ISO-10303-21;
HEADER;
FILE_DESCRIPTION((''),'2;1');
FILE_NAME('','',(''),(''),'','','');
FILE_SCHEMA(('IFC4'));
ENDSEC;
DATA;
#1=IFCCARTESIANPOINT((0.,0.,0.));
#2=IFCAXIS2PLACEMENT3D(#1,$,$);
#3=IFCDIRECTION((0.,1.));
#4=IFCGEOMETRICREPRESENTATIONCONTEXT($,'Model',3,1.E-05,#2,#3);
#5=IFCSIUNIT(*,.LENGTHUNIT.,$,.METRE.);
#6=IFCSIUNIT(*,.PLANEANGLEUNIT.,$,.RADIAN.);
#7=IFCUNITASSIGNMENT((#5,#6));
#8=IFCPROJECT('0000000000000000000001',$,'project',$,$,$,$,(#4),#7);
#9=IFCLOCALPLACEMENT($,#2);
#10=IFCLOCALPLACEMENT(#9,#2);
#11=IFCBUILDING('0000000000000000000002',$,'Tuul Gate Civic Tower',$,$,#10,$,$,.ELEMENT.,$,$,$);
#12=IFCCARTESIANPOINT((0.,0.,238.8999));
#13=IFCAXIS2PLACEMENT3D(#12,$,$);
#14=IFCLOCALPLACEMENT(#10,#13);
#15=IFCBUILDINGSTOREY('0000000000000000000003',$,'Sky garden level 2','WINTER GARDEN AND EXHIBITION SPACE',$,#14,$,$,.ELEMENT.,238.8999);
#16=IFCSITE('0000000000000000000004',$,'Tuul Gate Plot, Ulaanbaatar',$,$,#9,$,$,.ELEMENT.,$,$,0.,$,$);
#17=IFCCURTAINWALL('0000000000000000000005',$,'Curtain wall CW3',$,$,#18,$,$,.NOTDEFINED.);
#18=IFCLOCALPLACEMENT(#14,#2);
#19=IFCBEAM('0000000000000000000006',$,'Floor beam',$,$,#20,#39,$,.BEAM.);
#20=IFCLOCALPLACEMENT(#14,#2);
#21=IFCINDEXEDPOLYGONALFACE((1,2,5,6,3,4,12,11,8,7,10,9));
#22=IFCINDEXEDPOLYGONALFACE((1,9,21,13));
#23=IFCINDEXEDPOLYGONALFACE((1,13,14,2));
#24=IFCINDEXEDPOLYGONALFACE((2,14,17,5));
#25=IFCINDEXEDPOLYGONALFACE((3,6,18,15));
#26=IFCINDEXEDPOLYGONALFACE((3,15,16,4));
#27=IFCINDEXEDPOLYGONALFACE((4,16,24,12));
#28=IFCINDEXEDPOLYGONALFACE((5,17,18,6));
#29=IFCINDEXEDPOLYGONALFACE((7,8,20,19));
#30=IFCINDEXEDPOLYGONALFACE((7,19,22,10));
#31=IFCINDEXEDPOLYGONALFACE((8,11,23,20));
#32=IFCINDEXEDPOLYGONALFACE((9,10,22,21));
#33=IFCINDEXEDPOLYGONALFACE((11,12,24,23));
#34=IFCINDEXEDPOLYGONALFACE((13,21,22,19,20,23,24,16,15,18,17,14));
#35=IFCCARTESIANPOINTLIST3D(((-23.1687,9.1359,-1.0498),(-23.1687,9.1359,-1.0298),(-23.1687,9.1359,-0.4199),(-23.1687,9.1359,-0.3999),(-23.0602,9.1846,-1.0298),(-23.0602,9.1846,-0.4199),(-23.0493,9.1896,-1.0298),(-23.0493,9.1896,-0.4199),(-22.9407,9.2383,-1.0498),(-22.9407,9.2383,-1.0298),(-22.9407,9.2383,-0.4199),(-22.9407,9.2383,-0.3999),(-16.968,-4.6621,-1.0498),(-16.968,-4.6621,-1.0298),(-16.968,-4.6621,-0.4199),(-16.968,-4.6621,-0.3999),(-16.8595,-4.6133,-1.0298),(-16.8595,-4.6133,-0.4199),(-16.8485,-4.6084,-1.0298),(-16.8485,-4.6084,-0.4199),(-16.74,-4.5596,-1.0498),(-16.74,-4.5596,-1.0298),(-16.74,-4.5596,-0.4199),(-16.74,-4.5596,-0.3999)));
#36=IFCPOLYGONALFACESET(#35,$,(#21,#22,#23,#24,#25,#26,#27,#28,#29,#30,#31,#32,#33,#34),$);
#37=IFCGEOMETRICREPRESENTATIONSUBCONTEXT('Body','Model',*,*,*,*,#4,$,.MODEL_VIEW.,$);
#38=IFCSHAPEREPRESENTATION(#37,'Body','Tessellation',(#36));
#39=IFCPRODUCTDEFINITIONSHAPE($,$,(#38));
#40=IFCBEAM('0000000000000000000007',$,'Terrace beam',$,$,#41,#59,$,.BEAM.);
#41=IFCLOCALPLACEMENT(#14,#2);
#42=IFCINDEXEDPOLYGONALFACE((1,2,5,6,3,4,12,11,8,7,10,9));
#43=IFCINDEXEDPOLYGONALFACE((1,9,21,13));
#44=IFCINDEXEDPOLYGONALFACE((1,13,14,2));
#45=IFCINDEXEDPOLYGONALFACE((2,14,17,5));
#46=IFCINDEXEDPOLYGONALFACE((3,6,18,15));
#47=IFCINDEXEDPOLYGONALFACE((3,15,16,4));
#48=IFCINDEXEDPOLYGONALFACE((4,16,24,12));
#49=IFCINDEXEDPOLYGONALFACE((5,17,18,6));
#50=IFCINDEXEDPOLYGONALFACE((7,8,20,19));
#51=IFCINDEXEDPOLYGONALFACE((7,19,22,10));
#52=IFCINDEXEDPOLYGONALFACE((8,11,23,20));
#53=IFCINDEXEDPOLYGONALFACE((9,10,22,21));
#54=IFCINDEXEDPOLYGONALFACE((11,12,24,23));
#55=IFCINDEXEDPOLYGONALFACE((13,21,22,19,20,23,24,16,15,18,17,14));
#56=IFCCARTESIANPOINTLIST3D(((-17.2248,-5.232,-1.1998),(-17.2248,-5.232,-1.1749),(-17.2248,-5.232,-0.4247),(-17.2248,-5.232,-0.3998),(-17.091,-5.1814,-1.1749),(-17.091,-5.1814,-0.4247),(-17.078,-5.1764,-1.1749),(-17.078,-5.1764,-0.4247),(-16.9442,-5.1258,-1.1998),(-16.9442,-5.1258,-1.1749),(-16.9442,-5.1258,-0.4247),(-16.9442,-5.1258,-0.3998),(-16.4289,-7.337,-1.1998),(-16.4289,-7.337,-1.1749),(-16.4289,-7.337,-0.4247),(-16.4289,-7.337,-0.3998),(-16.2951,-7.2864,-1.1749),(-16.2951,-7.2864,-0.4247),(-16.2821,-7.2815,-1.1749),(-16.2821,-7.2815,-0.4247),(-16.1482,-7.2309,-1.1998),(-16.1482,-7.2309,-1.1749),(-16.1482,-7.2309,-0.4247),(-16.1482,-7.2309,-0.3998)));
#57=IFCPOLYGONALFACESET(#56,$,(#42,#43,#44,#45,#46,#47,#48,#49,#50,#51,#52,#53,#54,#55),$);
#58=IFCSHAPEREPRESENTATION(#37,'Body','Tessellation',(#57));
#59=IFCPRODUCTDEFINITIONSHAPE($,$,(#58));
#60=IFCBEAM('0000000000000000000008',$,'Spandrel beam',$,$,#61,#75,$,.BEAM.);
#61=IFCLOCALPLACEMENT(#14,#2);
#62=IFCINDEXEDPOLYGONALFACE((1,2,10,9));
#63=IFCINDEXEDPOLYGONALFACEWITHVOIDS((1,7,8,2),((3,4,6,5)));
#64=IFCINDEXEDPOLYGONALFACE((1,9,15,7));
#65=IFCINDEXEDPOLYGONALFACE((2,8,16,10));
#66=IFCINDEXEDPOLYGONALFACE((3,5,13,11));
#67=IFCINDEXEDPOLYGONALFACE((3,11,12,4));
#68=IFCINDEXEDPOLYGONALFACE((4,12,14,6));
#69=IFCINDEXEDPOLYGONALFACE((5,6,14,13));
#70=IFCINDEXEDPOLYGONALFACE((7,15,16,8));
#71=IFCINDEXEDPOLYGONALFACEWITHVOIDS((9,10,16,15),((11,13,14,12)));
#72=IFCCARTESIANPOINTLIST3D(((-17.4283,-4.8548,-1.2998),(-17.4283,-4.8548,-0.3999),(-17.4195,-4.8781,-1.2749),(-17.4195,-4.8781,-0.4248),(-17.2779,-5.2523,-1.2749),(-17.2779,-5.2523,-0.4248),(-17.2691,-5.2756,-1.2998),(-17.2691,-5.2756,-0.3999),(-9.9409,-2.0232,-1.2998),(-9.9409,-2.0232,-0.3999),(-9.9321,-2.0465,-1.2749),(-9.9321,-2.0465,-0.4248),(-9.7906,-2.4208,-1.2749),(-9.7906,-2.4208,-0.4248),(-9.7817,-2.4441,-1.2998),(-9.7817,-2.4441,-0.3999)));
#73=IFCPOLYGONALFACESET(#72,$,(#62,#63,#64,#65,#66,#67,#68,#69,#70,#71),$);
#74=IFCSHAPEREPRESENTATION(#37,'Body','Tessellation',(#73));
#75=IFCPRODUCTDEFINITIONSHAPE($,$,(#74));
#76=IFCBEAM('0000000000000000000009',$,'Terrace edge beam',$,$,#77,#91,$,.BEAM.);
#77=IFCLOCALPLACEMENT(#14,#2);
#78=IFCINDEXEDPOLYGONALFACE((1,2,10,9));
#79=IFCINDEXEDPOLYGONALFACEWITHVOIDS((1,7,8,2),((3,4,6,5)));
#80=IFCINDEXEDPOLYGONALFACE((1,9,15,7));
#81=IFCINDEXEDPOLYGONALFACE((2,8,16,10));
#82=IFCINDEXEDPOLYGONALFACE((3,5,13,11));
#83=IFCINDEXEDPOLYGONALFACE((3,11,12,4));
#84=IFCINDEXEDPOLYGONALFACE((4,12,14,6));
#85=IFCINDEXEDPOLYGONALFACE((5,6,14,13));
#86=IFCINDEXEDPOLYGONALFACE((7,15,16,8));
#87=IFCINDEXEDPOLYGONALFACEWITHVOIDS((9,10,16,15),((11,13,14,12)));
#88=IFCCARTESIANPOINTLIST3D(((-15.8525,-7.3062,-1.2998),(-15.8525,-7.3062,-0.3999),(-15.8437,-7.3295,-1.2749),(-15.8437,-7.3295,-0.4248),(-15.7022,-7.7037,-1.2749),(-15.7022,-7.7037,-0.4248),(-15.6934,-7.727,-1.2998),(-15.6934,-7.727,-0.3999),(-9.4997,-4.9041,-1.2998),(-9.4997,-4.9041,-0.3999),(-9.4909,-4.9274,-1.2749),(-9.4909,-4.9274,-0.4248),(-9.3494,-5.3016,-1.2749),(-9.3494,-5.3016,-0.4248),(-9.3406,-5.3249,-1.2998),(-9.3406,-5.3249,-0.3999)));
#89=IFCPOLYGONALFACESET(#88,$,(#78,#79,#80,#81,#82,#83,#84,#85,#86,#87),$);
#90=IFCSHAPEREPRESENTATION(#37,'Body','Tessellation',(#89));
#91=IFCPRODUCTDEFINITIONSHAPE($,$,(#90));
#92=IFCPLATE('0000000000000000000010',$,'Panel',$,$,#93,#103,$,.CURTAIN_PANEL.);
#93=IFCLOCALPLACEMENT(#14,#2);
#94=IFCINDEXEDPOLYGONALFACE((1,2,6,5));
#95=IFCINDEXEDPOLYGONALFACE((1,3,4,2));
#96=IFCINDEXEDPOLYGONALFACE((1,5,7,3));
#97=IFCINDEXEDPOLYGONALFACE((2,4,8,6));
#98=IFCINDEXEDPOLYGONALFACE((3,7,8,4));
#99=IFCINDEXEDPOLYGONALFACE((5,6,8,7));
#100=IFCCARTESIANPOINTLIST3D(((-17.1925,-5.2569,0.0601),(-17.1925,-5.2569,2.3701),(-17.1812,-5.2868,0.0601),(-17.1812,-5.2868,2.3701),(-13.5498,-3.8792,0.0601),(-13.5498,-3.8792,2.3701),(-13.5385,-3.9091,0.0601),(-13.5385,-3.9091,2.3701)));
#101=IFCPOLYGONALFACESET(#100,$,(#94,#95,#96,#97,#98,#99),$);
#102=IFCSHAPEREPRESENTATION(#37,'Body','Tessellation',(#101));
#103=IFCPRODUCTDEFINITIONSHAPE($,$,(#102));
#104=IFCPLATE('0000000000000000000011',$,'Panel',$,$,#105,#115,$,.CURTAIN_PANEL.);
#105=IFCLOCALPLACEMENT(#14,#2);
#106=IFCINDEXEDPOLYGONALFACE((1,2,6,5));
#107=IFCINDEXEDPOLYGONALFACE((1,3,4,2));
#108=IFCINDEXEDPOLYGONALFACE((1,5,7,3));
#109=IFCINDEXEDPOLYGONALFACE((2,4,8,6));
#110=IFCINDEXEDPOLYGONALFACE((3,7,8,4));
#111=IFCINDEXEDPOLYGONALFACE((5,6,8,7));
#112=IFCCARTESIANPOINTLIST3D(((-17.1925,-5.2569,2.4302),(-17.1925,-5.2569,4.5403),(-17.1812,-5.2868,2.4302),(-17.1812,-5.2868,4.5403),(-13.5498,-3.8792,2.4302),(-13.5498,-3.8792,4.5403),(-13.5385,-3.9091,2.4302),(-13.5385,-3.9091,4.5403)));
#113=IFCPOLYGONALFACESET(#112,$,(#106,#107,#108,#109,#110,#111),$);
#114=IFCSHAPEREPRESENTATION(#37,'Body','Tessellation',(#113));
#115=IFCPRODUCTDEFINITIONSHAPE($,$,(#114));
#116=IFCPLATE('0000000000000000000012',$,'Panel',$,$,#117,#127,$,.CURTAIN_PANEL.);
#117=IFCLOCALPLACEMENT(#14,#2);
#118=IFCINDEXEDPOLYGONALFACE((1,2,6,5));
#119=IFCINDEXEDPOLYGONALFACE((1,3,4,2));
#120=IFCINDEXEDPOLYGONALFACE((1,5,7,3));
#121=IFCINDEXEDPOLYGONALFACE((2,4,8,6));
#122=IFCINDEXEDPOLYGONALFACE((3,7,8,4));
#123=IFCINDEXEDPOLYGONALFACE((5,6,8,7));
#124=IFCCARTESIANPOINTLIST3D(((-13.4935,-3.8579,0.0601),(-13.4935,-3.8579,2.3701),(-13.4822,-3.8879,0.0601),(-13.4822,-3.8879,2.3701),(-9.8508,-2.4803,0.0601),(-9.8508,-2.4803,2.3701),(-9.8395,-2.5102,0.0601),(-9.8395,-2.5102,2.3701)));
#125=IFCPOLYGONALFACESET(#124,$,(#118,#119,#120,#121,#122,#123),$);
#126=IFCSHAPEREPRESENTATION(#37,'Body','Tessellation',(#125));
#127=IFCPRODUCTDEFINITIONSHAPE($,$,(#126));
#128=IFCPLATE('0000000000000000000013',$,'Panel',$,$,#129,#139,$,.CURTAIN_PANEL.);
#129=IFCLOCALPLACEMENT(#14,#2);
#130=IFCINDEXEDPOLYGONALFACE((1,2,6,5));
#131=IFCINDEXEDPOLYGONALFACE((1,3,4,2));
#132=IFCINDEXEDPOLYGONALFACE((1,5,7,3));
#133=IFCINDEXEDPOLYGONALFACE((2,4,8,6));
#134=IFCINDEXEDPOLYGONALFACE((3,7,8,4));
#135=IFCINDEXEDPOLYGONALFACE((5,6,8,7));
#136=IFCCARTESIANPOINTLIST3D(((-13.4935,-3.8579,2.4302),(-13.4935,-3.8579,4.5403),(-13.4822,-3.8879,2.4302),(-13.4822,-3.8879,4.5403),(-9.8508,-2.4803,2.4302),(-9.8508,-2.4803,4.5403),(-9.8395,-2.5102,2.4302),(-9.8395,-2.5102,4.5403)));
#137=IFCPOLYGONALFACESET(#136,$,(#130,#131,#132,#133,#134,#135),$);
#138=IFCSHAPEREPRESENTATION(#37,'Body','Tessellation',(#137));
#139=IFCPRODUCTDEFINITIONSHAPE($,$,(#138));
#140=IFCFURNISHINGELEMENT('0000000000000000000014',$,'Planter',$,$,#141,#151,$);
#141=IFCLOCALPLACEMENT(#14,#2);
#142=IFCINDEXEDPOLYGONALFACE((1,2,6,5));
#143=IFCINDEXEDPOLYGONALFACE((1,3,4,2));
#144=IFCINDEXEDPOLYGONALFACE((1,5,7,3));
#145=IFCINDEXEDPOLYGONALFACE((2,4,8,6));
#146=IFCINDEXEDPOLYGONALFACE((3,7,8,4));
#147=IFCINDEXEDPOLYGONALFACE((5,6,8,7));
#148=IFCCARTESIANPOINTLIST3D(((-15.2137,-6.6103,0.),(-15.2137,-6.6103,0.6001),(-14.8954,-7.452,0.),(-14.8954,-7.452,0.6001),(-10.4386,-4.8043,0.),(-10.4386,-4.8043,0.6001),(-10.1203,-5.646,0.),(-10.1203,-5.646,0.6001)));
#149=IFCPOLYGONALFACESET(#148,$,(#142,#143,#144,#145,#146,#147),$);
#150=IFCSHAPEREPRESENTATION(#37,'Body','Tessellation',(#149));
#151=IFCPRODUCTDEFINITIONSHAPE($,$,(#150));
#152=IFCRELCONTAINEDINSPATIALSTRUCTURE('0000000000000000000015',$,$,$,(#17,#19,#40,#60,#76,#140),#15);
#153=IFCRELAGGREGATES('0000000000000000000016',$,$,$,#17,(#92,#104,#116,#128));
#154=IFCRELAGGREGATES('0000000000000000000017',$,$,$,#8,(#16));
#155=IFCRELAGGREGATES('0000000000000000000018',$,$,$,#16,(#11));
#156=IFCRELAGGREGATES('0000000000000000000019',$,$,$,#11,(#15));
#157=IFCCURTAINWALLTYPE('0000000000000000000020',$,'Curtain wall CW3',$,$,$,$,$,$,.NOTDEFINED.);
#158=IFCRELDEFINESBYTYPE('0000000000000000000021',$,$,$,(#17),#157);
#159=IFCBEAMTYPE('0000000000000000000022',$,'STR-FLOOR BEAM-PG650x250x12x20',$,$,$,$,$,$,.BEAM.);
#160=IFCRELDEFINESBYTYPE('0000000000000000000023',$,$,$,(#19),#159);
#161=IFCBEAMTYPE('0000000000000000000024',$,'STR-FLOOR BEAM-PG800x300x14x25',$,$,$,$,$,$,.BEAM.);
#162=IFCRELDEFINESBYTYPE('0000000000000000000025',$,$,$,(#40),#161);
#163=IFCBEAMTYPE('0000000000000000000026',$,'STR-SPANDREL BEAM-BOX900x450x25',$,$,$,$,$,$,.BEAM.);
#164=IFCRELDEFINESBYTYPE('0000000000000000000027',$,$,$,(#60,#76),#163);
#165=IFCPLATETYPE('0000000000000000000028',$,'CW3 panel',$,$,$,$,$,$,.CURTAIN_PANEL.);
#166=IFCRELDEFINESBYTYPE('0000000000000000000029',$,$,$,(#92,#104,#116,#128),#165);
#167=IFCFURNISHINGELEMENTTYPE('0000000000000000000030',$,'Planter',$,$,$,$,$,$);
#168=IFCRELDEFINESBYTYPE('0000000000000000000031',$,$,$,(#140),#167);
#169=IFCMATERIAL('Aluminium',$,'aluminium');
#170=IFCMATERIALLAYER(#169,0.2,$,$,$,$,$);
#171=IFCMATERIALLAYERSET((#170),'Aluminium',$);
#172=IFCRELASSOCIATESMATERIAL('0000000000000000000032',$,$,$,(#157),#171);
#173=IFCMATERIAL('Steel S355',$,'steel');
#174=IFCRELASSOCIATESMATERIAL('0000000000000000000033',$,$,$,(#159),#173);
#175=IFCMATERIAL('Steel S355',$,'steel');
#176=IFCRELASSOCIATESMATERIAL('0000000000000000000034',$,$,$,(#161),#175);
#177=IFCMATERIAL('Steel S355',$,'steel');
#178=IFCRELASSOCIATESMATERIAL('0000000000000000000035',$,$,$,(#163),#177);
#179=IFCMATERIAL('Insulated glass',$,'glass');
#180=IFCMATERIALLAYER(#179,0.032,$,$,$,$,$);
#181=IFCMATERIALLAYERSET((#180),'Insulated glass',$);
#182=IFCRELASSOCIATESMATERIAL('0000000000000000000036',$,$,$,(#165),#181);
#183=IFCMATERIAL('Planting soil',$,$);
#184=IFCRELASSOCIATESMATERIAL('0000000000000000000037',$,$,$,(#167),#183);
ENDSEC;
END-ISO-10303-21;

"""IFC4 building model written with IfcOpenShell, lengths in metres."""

from ifc_helpers import new_model, si_unit, direction, frame, origin, origin_2d, place, context, subcontext, project, spatial, rectangle, hollow_rectangle, i_section, extrude, material, layer, layer_set, material_profile, profile_set, type_object, element, aggregate, save


model = new_model("IFC4")

# Units and contexts
model_context = context("Model", 3, precision=1e-05, world=origin(), true_north=direction((0.0, 1.0)))
body_context = subcontext(model_context, "Body", "Model", "MODEL_VIEW")
ifc_project = project(units=[si_unit("LENGTHUNIT", "METRE"), si_unit("PLANEANGLEUNIT", "RADIAN")], contexts=[model_context])

# Site, building, storey
site_placement = place(None, origin())
site = spatial("IfcSite", under=ifc_project, at=site_placement, Name="Tuul Gate Plot, Ulaanbaatar", CompositionType="ELEMENT", RefElevation=0.0)
building_placement = place(site_placement, origin())
building = spatial("IfcBuilding", under=site, at=building_placement, Name="Tuul Gate Civic Tower", CompositionType="ELEMENT")
storey_placement = place(building_placement, frame((0.0, 0.0, 238.8999)))
storey = spatial("IfcBuildingStorey", under=building, at=storey_placement, Name="Sky garden level 2", Description="WINTER GARDEN AND EXHIBITION SPACE", CompositionType="ELEMENT", Elevation=238.8999)

# Curtain wall
ifc_material_1 = material(Name="Aluminium", Category="aluminium")
ifc_layer_1 = layer(ifc_material_1, 0.2)
ifc_layer_set_1 = layer_set([ifc_layer_1], Name="Aluminium")
curtain_wall_type = type_object("IfcCurtainWallType", Name="Curtain wall CW3", PredefinedType="NOTDEFINED", material=ifc_layer_set_1)
curtain_wall_1_placement = place(storey_placement, origin())
curtain_wall_1 = element("IfcCurtainWall", 1, at=curtain_wall_1_placement, inside=storey, type_object=curtain_wall_type, Name="Curtain wall CW3", PredefinedType="NOTDEFINED")

# Beams
ifc_material_2 = material(Name="Steel S355", Category="steel")
ifc_material_profile_1 = material_profile(ifc_material_2, i_section(OverallWidth=0.25, OverallDepth=0.6499, WebThickness=0.012, FlangeThickness=0.02, at=origin_2d()), Name="PG650x250x12x20")
ifc_profile_set_1 = profile_set([ifc_material_profile_1], Name="Steel S355")
beam_type_1 = type_object("IfcBeamType", Name="STR-FLOOR BEAM-PG650x250x12x20", PredefinedType="BEAM", material=ifc_profile_set_1)
beam_1_placement = place(storey_placement, frame((-16.854, -4.6108, -0.7249), z_axis=(-0.409906, 0.912128, 0.0), x_axis=(-0.912128, -0.409906, 0.0)))
element("IfcBeam", 2, at=beam_1_placement, inside=storey, type_object=beam_type_1, Name="Floor beam", PredefinedType="BEAM", context=body_context, shape_type="SweptSolid", body=[
    extrude(i_section(OverallWidth=0.25, OverallDepth=0.6499, WebThickness=0.012, FlangeThickness=0.02, at=origin_2d()), origin(), (0.0, 0.0, 1.0), 15.1272),
])
ifc_material_3 = material(Name="Steel S355", Category="steel")
ifc_material_profile_2 = material_profile(ifc_material_3, i_section(OverallWidth=0.3, OverallDepth=0.8, WebThickness=0.0139, FlangeThickness=0.0249, at=origin_2d()), Name="PG800x300x14x25")
ifc_profile_set_2 = profile_set([ifc_material_profile_2], Name="Steel S355")
beam_type_2 = type_object("IfcBeamType", Name="STR-FLOOR BEAM-PG800x300x14x25", PredefinedType="BEAM", material=ifc_profile_set_2)
beam_2_placement = place(storey_placement, frame((-16.2886, -7.2839, -0.7998), z_axis=(-0.353666, 0.935372, 0.0), x_axis=(-0.935372, -0.353666, 0.0)))
element("IfcBeam", 3, at=beam_2_placement, inside=storey, type_object=beam_type_2, Name="Terrace beam", PredefinedType="BEAM", context=body_context, shape_type="SweptSolid", body=[
    extrude(i_section(OverallWidth=0.3, OverallDepth=0.8, WebThickness=0.0139, FlangeThickness=0.0249, at=origin_2d()), origin(), (0.0, 0.0, 1.0), 2.2505),
])
ifc_material_4 = material(Name="Steel S355", Category="steel")
ifc_material_profile_3 = material_profile(ifc_material_4, hollow_rectangle(XDim=0.45, YDim=0.8999, WallThickness=0.0249, at=origin_2d()), Name="BOX900x450x25")
ifc_profile_set_3 = profile_set([ifc_material_profile_3], Name="Steel S355")
beam_type_3 = type_object("IfcBeamType", Name="STR-SPANDREL BEAM-BOX900x450x25", PredefinedType="BEAM", material=ifc_profile_set_3)
beam_3_placement = place(storey_placement, frame((-9.8613, -2.2336, -0.8499), z_axis=(-0.935348, -0.353729, 0.0), x_axis=(0.353729, -0.935348, 0.0)))
element("IfcBeam", 4, at=beam_3_placement, inside=storey, type_object=beam_type_3, Name="Spandrel beam", PredefinedType="BEAM", context=body_context, shape_type="SweptSolid", body=[
    extrude(hollow_rectangle(XDim=0.45, YDim=0.8999, WallThickness=0.0249, at=origin_2d()), origin(), (0.0, 0.0, 1.0), 8.0049),
])
beam_4_placement = place(storey_placement, frame((-15.7729, -7.5166, -0.8499), z_axis=(0.935367, 0.353679, 0.0), x_axis=(-0.353679, 0.935367, 0.0)))
element("IfcBeam", 5, at=beam_4_placement, inside=storey, type_object=beam_type_3, Name="Terrace edge beam", PredefinedType="BEAM", context=body_context, shape_type="SweptSolid", body=[
    extrude(hollow_rectangle(XDim=0.45, YDim=0.8999, WallThickness=0.0249, at=origin_2d()), origin(), (0.0, 0.0, 1.0), 6.7917),
])

# Plates
ifc_material_5 = material(Name="Insulated glass", Category="glass")
ifc_layer_2 = layer(ifc_material_5, 0.032)
ifc_layer_set_2 = layer_set([ifc_layer_2], Name="Insulated glass")
plate_type = type_object("IfcPlateType", Name="CW3 panel", PredefinedType="CURTAIN_PANEL", material=ifc_layer_set_2)
plate_1_placement = place(storey_placement, frame((-15.3655, -4.583, 0.0601), z_axis=(0.0, 0.0, 1.0), x_axis=(0.935346, 0.353735, 0.0)))
plate_1 = element("IfcPlate", 6, at=plate_1_placement, type_object=plate_type, Name="Panel", PredefinedType="CURTAIN_PANEL", context=body_context, shape_type="SweptSolid", body=[
    extrude(rectangle(XDim=3.8945, YDim=0.032, at=origin_2d()), origin(), (0.0, 0.0, 1.0), 2.3101),
])
plate_2_placement = place(storey_placement, frame((-15.3655, -4.583, 2.4302), z_axis=(0.0, 0.0, 1.0), x_axis=(0.935346, 0.353735, 0.0)))
plate_2 = element("IfcPlate", 7, at=plate_2_placement, type_object=plate_type, Name="Panel", PredefinedType="CURTAIN_PANEL", context=body_context, shape_type="SweptSolid", body=[
    extrude(rectangle(XDim=3.8945, YDim=0.032, at=origin_2d()), origin(), (0.0, 0.0, 1.0), 2.1101),
])
plate_3_placement = place(storey_placement, frame((-11.6665, -3.1841, 0.0601), z_axis=(0.0, 0.0, 1.0), x_axis=(0.935346, 0.353735, 0.0)))
plate_3 = element("IfcPlate", 8, at=plate_3_placement, type_object=plate_type, Name="Panel", PredefinedType="CURTAIN_PANEL", context=body_context, shape_type="SweptSolid", body=[
    extrude(rectangle(XDim=3.8945, YDim=0.032, at=origin_2d()), origin(), (0.0, 0.0, 1.0), 2.3101),
])
plate_4_placement = place(storey_placement, frame((-11.6665, -3.1841, 2.4302), z_axis=(0.0, 0.0, 1.0), x_axis=(0.935346, 0.353735, 0.0)))
plate_4 = element("IfcPlate", 9, at=plate_4_placement, type_object=plate_type, Name="Panel", PredefinedType="CURTAIN_PANEL", context=body_context, shape_type="SweptSolid", body=[
    extrude(rectangle(XDim=3.8945, YDim=0.032, at=origin_2d()), origin(), (0.0, 0.0, 1.0), 2.1101),
])
aggregate(curtain_wall_1, [plate_1, plate_2, plate_3, plate_4])

# Furnishing element
ifc_material_6 = material(Name="Planting soil")
furnishing_element_type = type_object("IfcFurnishingElementType", Name="Planter", material=ifc_material_6)
furnishing_placement = place(storey_placement, frame((-12.667, -6.1282, 0.0), z_axis=(0.0, 0.0, 1.0), x_axis=(0.93534, 0.35375, 0.0)))
element("IfcFurnishingElement", 10, at=furnishing_placement, inside=storey, type_object=furnishing_element_type, Name="Planter", context=body_context, shape_type="SweptSolid", body=[
    extrude(rectangle(XDim=5.1052, YDim=0.8999, at=origin_2d()), origin(), (0.0, 0.0, 1.0), 0.6001),
])

save(model, "model.ifc")
